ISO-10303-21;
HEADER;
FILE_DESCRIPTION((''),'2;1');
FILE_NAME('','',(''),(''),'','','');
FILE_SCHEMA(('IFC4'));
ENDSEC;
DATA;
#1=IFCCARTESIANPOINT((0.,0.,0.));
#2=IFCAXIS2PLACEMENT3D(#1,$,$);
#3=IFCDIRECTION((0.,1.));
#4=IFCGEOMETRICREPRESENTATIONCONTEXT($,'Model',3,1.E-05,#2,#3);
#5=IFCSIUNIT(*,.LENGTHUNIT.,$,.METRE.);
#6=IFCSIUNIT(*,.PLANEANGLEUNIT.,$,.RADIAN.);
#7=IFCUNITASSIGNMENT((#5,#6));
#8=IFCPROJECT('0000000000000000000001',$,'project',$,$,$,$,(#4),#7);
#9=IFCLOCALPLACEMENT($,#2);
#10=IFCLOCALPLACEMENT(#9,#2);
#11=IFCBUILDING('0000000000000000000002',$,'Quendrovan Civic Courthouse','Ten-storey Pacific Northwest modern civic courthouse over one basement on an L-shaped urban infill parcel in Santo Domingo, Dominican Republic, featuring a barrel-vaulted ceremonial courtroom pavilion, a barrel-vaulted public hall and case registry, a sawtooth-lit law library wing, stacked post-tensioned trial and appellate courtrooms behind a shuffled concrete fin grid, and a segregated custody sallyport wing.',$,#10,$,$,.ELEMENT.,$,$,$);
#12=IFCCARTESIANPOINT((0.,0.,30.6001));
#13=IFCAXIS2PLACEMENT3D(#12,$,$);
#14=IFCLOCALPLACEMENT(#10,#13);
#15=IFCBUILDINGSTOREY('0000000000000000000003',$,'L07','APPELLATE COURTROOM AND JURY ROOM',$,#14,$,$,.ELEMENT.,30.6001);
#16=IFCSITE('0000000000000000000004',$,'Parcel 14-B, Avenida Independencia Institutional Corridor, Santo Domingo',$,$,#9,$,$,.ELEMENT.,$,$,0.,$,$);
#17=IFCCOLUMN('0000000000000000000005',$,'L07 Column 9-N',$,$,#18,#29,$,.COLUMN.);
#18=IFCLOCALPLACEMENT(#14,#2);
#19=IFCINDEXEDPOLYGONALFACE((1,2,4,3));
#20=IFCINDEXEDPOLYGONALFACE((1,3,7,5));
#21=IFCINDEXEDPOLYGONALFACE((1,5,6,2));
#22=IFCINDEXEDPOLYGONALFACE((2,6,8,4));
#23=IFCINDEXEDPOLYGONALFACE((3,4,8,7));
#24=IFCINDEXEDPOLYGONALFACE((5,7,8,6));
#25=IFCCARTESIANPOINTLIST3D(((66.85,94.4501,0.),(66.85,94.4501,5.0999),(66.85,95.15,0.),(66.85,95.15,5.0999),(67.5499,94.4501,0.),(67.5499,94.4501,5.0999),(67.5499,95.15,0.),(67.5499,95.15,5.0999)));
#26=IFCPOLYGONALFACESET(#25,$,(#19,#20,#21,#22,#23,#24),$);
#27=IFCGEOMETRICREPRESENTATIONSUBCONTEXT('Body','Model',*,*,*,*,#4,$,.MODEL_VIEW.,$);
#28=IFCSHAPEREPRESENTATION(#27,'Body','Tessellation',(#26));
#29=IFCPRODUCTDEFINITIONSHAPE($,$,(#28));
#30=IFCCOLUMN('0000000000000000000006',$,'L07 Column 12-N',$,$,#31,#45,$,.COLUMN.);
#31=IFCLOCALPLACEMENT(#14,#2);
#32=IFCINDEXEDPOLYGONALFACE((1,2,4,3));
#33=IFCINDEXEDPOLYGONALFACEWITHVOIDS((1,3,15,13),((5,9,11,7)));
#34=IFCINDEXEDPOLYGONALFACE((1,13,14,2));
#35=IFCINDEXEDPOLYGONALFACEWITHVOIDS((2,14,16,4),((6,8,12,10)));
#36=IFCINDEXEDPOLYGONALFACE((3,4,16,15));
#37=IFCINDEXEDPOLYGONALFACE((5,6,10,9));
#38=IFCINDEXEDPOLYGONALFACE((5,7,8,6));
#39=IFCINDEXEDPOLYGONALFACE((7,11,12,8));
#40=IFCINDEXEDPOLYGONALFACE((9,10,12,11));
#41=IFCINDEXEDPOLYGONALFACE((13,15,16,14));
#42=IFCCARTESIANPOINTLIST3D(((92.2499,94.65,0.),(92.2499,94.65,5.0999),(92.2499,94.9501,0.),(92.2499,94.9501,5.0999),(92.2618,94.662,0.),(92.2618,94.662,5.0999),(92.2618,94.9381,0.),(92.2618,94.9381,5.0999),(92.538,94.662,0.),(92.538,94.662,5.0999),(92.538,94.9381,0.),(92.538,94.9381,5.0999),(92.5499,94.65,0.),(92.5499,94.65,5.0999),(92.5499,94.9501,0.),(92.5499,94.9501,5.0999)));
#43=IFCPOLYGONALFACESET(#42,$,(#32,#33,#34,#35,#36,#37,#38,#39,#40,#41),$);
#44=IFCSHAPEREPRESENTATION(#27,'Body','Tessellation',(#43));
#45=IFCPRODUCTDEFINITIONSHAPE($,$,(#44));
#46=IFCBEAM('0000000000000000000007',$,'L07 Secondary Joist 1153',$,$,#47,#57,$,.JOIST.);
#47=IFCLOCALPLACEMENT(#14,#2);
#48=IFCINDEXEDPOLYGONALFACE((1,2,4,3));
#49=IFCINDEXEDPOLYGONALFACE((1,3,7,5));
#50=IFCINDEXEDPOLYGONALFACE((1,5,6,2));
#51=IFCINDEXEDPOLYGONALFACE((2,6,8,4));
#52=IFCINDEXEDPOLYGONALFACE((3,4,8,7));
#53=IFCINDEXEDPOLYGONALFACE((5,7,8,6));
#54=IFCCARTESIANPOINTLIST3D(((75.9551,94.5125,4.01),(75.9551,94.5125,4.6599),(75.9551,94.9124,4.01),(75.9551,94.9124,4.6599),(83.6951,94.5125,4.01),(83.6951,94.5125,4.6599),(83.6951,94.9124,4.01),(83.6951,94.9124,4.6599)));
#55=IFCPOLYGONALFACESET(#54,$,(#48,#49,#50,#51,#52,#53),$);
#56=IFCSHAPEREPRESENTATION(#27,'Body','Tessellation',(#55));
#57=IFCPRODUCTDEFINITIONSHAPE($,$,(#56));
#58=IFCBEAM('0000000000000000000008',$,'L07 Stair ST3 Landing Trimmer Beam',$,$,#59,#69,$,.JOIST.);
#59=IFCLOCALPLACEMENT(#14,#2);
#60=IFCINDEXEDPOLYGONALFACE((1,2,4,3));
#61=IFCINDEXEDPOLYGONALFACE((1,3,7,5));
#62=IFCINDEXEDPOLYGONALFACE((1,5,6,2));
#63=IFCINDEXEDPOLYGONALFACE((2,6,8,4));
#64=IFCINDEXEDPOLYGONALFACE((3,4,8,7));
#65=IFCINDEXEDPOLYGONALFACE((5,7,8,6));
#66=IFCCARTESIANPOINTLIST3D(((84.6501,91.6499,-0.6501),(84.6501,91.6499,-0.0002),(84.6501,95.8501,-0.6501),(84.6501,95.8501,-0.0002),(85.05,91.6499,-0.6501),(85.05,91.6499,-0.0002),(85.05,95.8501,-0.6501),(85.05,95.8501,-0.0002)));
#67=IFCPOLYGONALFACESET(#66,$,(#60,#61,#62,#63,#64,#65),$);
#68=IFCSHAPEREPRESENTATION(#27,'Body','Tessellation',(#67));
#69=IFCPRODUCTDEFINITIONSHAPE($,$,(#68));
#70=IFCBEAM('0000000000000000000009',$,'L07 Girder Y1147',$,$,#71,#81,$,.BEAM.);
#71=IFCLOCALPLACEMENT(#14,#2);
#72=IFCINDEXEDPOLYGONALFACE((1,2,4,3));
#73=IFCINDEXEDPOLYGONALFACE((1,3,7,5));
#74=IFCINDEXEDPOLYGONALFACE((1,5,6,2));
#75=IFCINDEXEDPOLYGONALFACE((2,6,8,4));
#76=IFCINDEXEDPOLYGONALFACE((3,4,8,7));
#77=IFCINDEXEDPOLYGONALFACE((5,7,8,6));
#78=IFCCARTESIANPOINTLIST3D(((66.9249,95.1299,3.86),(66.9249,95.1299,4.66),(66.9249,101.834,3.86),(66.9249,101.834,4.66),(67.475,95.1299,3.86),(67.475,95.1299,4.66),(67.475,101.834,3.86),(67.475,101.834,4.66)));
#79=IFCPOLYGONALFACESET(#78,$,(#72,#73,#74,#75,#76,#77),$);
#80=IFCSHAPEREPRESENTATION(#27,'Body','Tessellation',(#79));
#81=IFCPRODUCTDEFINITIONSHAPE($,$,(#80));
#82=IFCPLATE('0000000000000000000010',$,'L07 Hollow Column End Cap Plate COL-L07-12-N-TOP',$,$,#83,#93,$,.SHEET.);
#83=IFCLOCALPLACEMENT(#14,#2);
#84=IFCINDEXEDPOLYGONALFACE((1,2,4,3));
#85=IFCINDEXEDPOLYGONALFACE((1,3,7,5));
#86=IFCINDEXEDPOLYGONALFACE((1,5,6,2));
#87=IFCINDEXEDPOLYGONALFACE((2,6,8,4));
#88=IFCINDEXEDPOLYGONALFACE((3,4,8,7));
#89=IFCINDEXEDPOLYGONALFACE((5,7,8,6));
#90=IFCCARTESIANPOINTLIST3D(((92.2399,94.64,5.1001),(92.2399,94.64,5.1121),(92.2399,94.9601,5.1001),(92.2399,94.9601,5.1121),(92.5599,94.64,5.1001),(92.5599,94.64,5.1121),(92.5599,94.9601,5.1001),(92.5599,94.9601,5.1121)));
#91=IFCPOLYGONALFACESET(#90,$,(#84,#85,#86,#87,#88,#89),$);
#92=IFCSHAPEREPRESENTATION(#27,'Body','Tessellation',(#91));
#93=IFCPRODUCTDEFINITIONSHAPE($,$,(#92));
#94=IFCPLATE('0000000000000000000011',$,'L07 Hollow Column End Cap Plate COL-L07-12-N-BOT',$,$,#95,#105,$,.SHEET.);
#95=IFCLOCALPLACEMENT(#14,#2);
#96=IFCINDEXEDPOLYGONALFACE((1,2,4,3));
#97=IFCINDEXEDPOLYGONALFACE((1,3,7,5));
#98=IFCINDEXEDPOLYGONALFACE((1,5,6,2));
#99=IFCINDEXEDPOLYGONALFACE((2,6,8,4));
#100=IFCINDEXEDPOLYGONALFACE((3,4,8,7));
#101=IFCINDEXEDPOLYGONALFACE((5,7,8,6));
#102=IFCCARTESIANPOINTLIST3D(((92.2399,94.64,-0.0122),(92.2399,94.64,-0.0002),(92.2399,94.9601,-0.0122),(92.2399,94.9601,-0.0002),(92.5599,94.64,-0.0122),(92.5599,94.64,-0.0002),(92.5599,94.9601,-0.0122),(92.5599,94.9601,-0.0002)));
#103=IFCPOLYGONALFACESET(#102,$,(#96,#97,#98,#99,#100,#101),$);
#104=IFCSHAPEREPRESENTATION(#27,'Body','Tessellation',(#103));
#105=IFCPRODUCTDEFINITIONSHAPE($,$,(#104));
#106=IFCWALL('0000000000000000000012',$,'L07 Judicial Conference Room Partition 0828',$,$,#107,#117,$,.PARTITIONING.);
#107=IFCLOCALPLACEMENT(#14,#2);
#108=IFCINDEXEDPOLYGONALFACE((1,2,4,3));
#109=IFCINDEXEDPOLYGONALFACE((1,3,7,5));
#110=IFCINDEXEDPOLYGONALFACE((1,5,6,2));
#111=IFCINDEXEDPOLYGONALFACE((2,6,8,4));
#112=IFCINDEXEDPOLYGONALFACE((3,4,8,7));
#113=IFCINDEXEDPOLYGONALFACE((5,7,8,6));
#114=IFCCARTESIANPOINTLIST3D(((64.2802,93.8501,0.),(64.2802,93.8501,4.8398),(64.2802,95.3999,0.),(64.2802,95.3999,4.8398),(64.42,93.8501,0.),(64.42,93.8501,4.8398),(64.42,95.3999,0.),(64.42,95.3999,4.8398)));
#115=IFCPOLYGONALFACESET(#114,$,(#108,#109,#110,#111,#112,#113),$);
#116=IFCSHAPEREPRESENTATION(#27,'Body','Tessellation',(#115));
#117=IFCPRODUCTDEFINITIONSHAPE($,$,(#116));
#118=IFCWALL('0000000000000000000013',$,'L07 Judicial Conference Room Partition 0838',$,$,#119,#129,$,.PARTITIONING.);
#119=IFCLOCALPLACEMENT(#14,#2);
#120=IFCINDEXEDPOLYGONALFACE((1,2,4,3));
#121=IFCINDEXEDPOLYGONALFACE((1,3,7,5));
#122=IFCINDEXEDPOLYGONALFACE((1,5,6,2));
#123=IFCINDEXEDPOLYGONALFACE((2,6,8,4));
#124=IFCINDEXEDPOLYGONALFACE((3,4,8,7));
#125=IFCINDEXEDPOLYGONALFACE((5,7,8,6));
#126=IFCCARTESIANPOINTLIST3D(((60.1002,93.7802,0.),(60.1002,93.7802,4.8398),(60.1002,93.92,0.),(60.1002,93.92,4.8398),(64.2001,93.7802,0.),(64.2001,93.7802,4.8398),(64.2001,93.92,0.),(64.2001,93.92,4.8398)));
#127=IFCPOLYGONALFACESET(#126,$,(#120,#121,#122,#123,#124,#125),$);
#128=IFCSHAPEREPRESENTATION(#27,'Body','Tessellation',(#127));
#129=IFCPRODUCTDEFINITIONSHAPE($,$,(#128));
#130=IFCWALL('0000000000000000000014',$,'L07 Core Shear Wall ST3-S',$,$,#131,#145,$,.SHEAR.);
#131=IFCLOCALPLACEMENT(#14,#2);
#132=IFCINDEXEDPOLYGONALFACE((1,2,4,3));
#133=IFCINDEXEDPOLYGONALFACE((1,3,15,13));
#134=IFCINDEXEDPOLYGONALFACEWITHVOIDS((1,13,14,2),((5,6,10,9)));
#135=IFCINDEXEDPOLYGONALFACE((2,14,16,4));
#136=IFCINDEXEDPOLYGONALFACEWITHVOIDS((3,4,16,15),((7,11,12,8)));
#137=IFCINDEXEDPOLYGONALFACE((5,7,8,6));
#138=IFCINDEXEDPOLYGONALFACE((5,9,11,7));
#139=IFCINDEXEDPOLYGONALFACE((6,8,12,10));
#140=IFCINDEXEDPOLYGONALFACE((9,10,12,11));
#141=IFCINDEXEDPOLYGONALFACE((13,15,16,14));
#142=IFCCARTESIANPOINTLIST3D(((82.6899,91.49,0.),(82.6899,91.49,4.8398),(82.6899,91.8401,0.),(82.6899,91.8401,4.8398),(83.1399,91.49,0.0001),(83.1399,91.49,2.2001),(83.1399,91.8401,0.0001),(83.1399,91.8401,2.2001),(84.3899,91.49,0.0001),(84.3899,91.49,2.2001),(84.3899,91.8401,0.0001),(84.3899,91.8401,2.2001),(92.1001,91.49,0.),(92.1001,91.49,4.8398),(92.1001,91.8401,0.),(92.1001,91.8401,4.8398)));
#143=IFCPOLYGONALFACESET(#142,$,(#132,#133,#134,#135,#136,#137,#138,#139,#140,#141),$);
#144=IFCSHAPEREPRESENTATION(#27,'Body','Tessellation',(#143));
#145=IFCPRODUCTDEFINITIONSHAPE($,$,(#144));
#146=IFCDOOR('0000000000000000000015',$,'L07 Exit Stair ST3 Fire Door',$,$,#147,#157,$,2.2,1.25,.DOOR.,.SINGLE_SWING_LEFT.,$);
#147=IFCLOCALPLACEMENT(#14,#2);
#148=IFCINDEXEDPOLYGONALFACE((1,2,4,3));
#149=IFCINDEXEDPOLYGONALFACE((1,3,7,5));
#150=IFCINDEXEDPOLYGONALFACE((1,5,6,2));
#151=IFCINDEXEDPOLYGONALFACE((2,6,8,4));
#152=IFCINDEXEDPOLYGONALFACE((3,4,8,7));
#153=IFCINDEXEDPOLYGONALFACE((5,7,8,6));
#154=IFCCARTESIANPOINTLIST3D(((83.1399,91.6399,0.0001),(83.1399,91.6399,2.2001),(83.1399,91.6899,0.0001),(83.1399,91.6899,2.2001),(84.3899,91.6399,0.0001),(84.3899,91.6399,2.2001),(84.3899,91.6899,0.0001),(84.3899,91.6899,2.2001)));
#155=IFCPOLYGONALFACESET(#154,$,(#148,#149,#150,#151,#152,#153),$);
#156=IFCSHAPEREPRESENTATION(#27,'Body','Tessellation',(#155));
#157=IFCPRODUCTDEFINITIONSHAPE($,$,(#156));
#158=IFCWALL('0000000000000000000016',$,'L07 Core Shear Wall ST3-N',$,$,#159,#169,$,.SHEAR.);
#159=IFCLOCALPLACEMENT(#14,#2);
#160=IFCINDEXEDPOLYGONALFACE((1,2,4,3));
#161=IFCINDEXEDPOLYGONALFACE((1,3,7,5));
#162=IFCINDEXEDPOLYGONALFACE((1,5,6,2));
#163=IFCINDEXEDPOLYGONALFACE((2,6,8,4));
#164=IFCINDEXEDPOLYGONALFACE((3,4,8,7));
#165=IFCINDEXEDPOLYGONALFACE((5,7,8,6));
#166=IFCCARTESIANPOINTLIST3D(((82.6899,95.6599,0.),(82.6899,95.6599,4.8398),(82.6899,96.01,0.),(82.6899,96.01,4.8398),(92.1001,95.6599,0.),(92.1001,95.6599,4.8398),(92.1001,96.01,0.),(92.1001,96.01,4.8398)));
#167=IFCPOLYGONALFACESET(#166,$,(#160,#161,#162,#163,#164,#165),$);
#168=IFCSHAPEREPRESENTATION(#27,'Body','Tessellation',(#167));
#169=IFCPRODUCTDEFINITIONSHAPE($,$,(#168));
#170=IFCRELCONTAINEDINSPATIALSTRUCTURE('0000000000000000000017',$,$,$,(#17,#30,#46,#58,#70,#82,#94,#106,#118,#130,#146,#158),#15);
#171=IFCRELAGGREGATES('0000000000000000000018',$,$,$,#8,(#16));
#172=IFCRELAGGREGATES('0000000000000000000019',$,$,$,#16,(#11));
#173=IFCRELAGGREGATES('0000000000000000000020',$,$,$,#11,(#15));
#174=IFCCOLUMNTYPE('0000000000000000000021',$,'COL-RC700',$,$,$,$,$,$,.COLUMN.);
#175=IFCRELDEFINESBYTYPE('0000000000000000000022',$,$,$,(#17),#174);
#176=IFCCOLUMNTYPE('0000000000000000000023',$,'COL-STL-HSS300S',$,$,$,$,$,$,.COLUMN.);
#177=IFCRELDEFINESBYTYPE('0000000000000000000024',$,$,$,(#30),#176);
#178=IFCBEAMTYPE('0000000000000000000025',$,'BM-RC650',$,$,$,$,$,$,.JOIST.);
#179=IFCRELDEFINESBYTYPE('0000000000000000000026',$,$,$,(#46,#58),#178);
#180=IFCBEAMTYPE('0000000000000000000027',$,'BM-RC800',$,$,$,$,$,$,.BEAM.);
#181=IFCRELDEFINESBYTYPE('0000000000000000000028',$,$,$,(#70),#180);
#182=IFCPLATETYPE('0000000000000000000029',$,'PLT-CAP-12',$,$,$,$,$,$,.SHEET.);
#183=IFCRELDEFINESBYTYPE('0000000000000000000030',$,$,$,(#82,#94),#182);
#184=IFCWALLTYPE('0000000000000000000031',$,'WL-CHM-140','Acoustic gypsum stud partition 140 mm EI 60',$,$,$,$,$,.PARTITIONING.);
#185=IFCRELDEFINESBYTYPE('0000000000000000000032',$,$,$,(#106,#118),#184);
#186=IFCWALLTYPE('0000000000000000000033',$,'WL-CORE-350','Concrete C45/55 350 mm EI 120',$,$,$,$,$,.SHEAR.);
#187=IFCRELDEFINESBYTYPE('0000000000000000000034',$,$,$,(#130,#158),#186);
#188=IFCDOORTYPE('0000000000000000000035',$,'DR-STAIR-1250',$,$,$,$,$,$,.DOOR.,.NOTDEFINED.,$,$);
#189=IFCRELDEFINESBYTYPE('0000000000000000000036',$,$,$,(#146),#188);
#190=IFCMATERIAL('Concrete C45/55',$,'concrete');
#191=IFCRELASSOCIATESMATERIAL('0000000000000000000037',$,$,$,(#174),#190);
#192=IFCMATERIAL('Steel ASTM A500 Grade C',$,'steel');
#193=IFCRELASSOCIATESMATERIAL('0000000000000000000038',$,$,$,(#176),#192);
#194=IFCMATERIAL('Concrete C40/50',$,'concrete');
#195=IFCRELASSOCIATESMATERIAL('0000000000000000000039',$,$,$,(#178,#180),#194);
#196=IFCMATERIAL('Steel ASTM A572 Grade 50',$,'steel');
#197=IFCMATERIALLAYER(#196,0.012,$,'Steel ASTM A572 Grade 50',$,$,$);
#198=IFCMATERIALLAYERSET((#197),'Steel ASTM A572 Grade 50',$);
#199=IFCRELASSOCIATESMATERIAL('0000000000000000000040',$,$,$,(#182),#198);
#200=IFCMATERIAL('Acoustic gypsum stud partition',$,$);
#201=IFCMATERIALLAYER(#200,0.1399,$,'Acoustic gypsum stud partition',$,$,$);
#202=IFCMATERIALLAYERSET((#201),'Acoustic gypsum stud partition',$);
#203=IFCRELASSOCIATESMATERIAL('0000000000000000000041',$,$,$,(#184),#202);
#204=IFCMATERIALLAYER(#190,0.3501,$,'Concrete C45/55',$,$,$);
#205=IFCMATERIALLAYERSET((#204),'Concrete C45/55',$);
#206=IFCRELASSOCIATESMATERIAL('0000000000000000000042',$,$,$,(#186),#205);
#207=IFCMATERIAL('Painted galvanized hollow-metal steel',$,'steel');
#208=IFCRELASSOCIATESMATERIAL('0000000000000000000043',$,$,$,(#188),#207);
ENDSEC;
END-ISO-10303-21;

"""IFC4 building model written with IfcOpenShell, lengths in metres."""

from ifc_helpers import new_model, si_unit, direction, frame, frame_2d, origin, origin_2d, place, context, subcontext, project, spatial, rectangle, hollow_rectangle, extrude, material, layer, layer_set, material_profile, profile_set, type_object, element, fill, save


model = new_model("IFC4")

# Units and contexts
model_context = context("Model", 3, precision=1e-05, world=origin(), true_north=direction((0.0, 1.0)))
body_context = subcontext(model_context, "Body", "Model", "MODEL_VIEW")
ifc_project = project(units=[si_unit("LENGTHUNIT", "METRE"), si_unit("PLANEANGLEUNIT", "RADIAN")], contexts=[model_context])

# Site, building, storey
site_placement = place(None, origin())
site = spatial("IfcSite", under=ifc_project, at=site_placement, Name="Parcel 14-B, Avenida Independencia Institutional Corridor, Santo Domingo", CompositionType="ELEMENT", RefElevation=0.0)
building_placement = place(site_placement, origin())
building = spatial("IfcBuilding", under=site, at=building_placement, Name="Quendrovan Civic Courthouse", Description="Ten-storey Pacific Northwest modern civic courthouse over one basement on an L-shaped urban infill parcel in Santo Domingo, Dominican Republic, featuring a barrel-vaulted ceremonial courtroom pavilion, a barrel-vaulted public hall and case registry, a sawtooth-lit law library wing, stacked post-tensioned trial and appellate courtrooms behind a shuffled concrete fin grid, and a segregated custody sallyport wing.", CompositionType="ELEMENT")
storey_placement = place(building_placement, frame((0.0, 0.0, 30.6001)))
storey = spatial("IfcBuildingStorey", under=building, at=storey_placement, Name="L07", Description="APPELLATE COURTROOM AND JURY ROOM", CompositionType="ELEMENT", Elevation=30.6001)

# Columns
ifc_material_1 = material(Name="Concrete C45/55", Category="concrete")
ifc_material_profile_1 = material_profile(ifc_material_1, rectangle(XDim=0.7, YDim=0.7, at=origin_2d()), Name="RC-COL-700x700")
ifc_profile_set_1 = profile_set([ifc_material_profile_1], Name="Concrete C45/55")
column_type_1 = type_object("IfcColumnType", Name="COL-RC700", PredefinedType="COLUMN", material=ifc_profile_set_1)
column_1_placement = place(storey_placement, frame((67.2, 94.8, 0.0), z_axis=(0.0, 0.0, 1.0), x_axis=(1.0, 0.0, 0.0)))
element("IfcColumn", 1, at=column_1_placement, inside=storey, type_object=column_type_1, Name="L07 Column 9-N", PredefinedType="COLUMN", context=body_context, shape_type="SweptSolid", body=[
    extrude(rectangle(XDim=0.7, YDim=0.7, at=origin_2d()), origin(), (0.0, 0.0, 1.0), 5.0999),
])
ifc_material_2 = material(Name="Steel ASTM A500 Grade C", Category="steel")
ifc_material_profile_2 = material_profile(ifc_material_2, hollow_rectangle(XDim=0.3, YDim=0.3, WallThickness=0.012, at=origin_2d()), Name="HSS300x300x12")
ifc_profile_set_2 = profile_set([ifc_material_profile_2], Name="Steel ASTM A500 Grade C")
column_type_2 = type_object("IfcColumnType", Name="COL-STL-HSS300S", PredefinedType="COLUMN", material=ifc_profile_set_2)
column_2_placement = place(storey_placement, frame((92.3999, 94.8, 0.0), z_axis=(0.0, 0.0, 1.0), x_axis=(1.0, 0.0, 0.0)))
element("IfcColumn", 2, at=column_2_placement, inside=storey, type_object=column_type_2, Name="L07 Column 12-N", PredefinedType="COLUMN", context=body_context, shape_type="SweptSolid", body=[
    extrude(hollow_rectangle(XDim=0.3, YDim=0.3, WallThickness=0.012, at=origin_2d()), origin(), (0.0, 0.0, 1.0), 5.0999),
])

# Beams
ifc_material_3 = material(Name="Concrete C40/50", Category="concrete")
ifc_material_profile_3 = material_profile(ifc_material_3, rectangle(XDim=0.3999, YDim=0.6499, at=origin_2d()), Name="RC-BM-400x650")
ifc_profile_set_3 = profile_set([ifc_material_profile_3], Name="Concrete C40/50")
beam_type_1 = type_object("IfcBeamType", Name="BM-RC650", PredefinedType="JOIST", material=ifc_profile_set_3)
beam_1_placement = place(storey_placement, frame((75.9551, 94.7124, 4.335), z_axis=(1.0, 0.0, 0.0), x_axis=(0.0, 1.0, 0.0)))
element("IfcBeam", 3, at=beam_1_placement, inside=storey, type_object=beam_type_1, Name="L07 Secondary Joist 1153", PredefinedType="JOIST", context=body_context, shape_type="SweptSolid", body=[
    extrude(rectangle(XDim=0.3999, YDim=0.6499, at=origin_2d()), origin(), (0.0, 0.0, 1.0), 7.74),
])
beam_2_placement = place(storey_placement, frame((84.8501, 91.6499, -0.3252), z_axis=(0.0, 1.0, 0.0), x_axis=(-1.0, 0.0, 0.0)))
element("IfcBeam", 4, at=beam_2_placement, inside=storey, type_object=beam_type_1, Name="L07 Stair ST3 Landing Trimmer Beam", PredefinedType="JOIST", context=body_context, shape_type="SweptSolid", body=[
    extrude(rectangle(XDim=0.3999, YDim=0.6499, at=origin_2d()), origin(), (0.0, 0.0, 1.0), 4.2002),
])
ifc_material_profile_4 = material_profile(ifc_material_3, rectangle(XDim=0.55, YDim=0.8, at=origin_2d()), Name="RC-BM-550x800")
ifc_profile_set_4 = profile_set([ifc_material_profile_4], Name="Concrete C40/50")
beam_type_2 = type_object("IfcBeamType", Name="BM-RC800", PredefinedType="BEAM", material=ifc_profile_set_4)
beam_3_placement = place(storey_placement, frame((67.2, 95.1299, 4.26), z_axis=(0.0, 1.0, 0.0), x_axis=(-1.0, 0.0, 0.0)))
element("IfcBeam", 5, at=beam_3_placement, inside=storey, type_object=beam_type_2, Name="L07 Girder Y1147", PredefinedType="BEAM", context=body_context, shape_type="SweptSolid", body=[
    extrude(rectangle(XDim=0.55, YDim=0.8, at=origin_2d()), origin(), (0.0, 0.0, 1.0), 6.7041),
])

# Plates
ifc_material_4 = material(Name="Steel ASTM A572 Grade 50", Category="steel")
ifc_layer_1 = layer(ifc_material_4, 0.012, Name="Steel ASTM A572 Grade 50")
ifc_layer_set_1 = layer_set([ifc_layer_1], Name="Steel ASTM A572 Grade 50")
plate_type = type_object("IfcPlateType", Name="PLT-CAP-12", PredefinedType="SHEET", material=ifc_layer_set_1)
for number, where, z_axis, x_axis, name in (
    (6, (92.3999, 94.8, 5.1001), (0.0, 0.0, 1.0), (1.0, 0.0, 0.0), "L07 Hollow Column End Cap Plate COL-L07-12-N-TOP"),
    (7, (92.3999, 94.8, -0.0122), (0.0, 0.0, 1.0), (1.0, 0.0, 0.0), "L07 Hollow Column End Cap Plate COL-L07-12-N-BOT"),
):
    element("IfcPlate", number, at=place(storey_placement, frame(where, z_axis=z_axis, x_axis=x_axis)), inside=storey, type_object=plate_type, Name=name, PredefinedType="SHEET", context=body_context, shape_type="SweptSolid", body=[
        extrude(rectangle(XDim=0.3201, YDim=0.3201, at=origin_2d()), origin(), (0.0, 0.0, 1.0), 0.012),
    ])

# Walls
ifc_material_5 = material(Name="Acoustic gypsum stud partition")
ifc_layer_2 = layer(ifc_material_5, 0.1399, Name="Acoustic gypsum stud partition")
ifc_layer_set_2 = layer_set([ifc_layer_2], Name="Acoustic gypsum stud partition")
wall_type_1 = type_object("IfcWallType", Name="WL-CHM-140", Description="Acoustic gypsum stud partition 140 mm EI 60", PredefinedType="PARTITIONING", material=ifc_layer_set_2)
wall_1_placement = place(storey_placement, frame((64.3501, 95.3999, 0.0), z_axis=(0.0, 0.0, 1.0), x_axis=(0.0, -1.0, 0.0)))
element("IfcWall", 8, at=wall_1_placement, inside=storey, type_object=wall_type_1, Name="L07 Judicial Conference Room Partition 0828", PredefinedType="PARTITIONING", context=body_context, shape_type="SweptSolid", body=[
    extrude(rectangle(XDim=1.5498, YDim=0.1399, at=frame_2d((0.7749, 0.0))), origin(), (0.0, 0.0, 1.0), 4.8398),
])
wall_2_placement = place(storey_placement, frame((64.2, 93.8501, 0.0), z_axis=(0.0, 0.0, 1.0), x_axis=(-1.0, 0.0, 0.0)))
element("IfcWall", 9, at=wall_2_placement, inside=storey, type_object=wall_type_1, Name="L07 Judicial Conference Room Partition 0838", PredefinedType="PARTITIONING", context=body_context, shape_type="SweptSolid", body=[
    extrude(rectangle(XDim=4.0999, YDim=0.1399, at=frame_2d((2.0498, 0.0))), origin(), (0.0, 0.0, 1.0), 4.8398),
])

# Wall, opening, door
ifc_layer_3 = layer(ifc_material_1, 0.3501, Name="Concrete C45/55")
ifc_layer_set_3 = layer_set([ifc_layer_3], Name="Concrete C45/55")
wall_type_2 = type_object("IfcWallType", Name="WL-CORE-350", Description="Concrete C45/55 350 mm EI 120", PredefinedType="SHEAR", material=ifc_layer_set_3)
wall_3_placement = place(storey_placement, frame((82.6899, 91.665, 0.0), z_axis=(0.0, 0.0, 1.0), x_axis=(1.0, 0.0, 0.0)))
wall_3 = element("IfcWall", 10, at=wall_3_placement, inside=storey, type_object=wall_type_2, Name="L07 Core Shear Wall ST3-S", PredefinedType="SHEAR", context=body_context, shape_type="SweptSolid", body=[
    extrude(rectangle(XDim=9.4102, YDim=0.3501, at=frame_2d((4.7051, 0.0))), origin(), (0.0, 0.0, 1.0), 4.8398),
])
opening_1_placement = place(wall_3_placement, frame((0.45, 0.0, 0.0)))
opening_1 = element("IfcOpeningElement", 11, at=opening_1_placement, cuts=wall_3, PredefinedType="OPENING", context=body_context, shape_type="SweptSolid", body=[
    extrude(rectangle(XDim=1.25, YDim=2.2, at=frame_2d((0.625, 1.1001))), frame((0.0, 0.1851, 0.0), z_axis=(0.0, -1.0, 0.0), x_axis=(1.0, 0.0, 0.0)), (0.0, 0.0, 1.0), 0.3701),
])
ifc_material_6 = material(Name="Painted galvanized hollow-metal steel", Category="steel")
door_type_1 = type_object("IfcDoorType", Name="DR-STAIR-1250", OperationType="NOTDEFINED", PredefinedType="DOOR", material=ifc_material_6)
door_1_placement = place(opening_1_placement, origin())
door_1 = element("IfcDoor", 12, at=door_1_placement, inside=storey, type_object=door_type_1, Name="L07 Exit Stair ST3 Fire Door", OperationType="SINGLE_SWING_LEFT", OverallHeight=2.2, OverallWidth=1.25, PredefinedType="DOOR", context=body_context, shape_type="SweptSolid", body=[
    extrude(rectangle(XDim=1.25, YDim=2.2, at=frame_2d((0.625, 1.1001))), frame((0.0, 0.0249, 0.0), z_axis=(0.0, -1.0, 0.0), x_axis=(1.0, 0.0, 0.0)), (0.0, 0.0, 1.0), 0.05),
])
fill(opening_1, door_1)

# Wall
wall_4_placement = place(storey_placement, frame((92.1001, 95.835, 0.0), z_axis=(0.0, 0.0, 1.0), x_axis=(-1.0, 0.0, 0.0)))
element("IfcWall", 13, at=wall_4_placement, inside=storey, type_object=wall_type_2, Name="L07 Core Shear Wall ST3-N", PredefinedType="SHEAR", context=body_context, shape_type="SweptSolid", body=[
    extrude(rectangle(XDim=9.4102, YDim=0.3501, at=frame_2d((4.7051, 0.0))), origin(), (0.0, 0.0, 1.0), 4.8398),
])

save(model, "model.ifc")
